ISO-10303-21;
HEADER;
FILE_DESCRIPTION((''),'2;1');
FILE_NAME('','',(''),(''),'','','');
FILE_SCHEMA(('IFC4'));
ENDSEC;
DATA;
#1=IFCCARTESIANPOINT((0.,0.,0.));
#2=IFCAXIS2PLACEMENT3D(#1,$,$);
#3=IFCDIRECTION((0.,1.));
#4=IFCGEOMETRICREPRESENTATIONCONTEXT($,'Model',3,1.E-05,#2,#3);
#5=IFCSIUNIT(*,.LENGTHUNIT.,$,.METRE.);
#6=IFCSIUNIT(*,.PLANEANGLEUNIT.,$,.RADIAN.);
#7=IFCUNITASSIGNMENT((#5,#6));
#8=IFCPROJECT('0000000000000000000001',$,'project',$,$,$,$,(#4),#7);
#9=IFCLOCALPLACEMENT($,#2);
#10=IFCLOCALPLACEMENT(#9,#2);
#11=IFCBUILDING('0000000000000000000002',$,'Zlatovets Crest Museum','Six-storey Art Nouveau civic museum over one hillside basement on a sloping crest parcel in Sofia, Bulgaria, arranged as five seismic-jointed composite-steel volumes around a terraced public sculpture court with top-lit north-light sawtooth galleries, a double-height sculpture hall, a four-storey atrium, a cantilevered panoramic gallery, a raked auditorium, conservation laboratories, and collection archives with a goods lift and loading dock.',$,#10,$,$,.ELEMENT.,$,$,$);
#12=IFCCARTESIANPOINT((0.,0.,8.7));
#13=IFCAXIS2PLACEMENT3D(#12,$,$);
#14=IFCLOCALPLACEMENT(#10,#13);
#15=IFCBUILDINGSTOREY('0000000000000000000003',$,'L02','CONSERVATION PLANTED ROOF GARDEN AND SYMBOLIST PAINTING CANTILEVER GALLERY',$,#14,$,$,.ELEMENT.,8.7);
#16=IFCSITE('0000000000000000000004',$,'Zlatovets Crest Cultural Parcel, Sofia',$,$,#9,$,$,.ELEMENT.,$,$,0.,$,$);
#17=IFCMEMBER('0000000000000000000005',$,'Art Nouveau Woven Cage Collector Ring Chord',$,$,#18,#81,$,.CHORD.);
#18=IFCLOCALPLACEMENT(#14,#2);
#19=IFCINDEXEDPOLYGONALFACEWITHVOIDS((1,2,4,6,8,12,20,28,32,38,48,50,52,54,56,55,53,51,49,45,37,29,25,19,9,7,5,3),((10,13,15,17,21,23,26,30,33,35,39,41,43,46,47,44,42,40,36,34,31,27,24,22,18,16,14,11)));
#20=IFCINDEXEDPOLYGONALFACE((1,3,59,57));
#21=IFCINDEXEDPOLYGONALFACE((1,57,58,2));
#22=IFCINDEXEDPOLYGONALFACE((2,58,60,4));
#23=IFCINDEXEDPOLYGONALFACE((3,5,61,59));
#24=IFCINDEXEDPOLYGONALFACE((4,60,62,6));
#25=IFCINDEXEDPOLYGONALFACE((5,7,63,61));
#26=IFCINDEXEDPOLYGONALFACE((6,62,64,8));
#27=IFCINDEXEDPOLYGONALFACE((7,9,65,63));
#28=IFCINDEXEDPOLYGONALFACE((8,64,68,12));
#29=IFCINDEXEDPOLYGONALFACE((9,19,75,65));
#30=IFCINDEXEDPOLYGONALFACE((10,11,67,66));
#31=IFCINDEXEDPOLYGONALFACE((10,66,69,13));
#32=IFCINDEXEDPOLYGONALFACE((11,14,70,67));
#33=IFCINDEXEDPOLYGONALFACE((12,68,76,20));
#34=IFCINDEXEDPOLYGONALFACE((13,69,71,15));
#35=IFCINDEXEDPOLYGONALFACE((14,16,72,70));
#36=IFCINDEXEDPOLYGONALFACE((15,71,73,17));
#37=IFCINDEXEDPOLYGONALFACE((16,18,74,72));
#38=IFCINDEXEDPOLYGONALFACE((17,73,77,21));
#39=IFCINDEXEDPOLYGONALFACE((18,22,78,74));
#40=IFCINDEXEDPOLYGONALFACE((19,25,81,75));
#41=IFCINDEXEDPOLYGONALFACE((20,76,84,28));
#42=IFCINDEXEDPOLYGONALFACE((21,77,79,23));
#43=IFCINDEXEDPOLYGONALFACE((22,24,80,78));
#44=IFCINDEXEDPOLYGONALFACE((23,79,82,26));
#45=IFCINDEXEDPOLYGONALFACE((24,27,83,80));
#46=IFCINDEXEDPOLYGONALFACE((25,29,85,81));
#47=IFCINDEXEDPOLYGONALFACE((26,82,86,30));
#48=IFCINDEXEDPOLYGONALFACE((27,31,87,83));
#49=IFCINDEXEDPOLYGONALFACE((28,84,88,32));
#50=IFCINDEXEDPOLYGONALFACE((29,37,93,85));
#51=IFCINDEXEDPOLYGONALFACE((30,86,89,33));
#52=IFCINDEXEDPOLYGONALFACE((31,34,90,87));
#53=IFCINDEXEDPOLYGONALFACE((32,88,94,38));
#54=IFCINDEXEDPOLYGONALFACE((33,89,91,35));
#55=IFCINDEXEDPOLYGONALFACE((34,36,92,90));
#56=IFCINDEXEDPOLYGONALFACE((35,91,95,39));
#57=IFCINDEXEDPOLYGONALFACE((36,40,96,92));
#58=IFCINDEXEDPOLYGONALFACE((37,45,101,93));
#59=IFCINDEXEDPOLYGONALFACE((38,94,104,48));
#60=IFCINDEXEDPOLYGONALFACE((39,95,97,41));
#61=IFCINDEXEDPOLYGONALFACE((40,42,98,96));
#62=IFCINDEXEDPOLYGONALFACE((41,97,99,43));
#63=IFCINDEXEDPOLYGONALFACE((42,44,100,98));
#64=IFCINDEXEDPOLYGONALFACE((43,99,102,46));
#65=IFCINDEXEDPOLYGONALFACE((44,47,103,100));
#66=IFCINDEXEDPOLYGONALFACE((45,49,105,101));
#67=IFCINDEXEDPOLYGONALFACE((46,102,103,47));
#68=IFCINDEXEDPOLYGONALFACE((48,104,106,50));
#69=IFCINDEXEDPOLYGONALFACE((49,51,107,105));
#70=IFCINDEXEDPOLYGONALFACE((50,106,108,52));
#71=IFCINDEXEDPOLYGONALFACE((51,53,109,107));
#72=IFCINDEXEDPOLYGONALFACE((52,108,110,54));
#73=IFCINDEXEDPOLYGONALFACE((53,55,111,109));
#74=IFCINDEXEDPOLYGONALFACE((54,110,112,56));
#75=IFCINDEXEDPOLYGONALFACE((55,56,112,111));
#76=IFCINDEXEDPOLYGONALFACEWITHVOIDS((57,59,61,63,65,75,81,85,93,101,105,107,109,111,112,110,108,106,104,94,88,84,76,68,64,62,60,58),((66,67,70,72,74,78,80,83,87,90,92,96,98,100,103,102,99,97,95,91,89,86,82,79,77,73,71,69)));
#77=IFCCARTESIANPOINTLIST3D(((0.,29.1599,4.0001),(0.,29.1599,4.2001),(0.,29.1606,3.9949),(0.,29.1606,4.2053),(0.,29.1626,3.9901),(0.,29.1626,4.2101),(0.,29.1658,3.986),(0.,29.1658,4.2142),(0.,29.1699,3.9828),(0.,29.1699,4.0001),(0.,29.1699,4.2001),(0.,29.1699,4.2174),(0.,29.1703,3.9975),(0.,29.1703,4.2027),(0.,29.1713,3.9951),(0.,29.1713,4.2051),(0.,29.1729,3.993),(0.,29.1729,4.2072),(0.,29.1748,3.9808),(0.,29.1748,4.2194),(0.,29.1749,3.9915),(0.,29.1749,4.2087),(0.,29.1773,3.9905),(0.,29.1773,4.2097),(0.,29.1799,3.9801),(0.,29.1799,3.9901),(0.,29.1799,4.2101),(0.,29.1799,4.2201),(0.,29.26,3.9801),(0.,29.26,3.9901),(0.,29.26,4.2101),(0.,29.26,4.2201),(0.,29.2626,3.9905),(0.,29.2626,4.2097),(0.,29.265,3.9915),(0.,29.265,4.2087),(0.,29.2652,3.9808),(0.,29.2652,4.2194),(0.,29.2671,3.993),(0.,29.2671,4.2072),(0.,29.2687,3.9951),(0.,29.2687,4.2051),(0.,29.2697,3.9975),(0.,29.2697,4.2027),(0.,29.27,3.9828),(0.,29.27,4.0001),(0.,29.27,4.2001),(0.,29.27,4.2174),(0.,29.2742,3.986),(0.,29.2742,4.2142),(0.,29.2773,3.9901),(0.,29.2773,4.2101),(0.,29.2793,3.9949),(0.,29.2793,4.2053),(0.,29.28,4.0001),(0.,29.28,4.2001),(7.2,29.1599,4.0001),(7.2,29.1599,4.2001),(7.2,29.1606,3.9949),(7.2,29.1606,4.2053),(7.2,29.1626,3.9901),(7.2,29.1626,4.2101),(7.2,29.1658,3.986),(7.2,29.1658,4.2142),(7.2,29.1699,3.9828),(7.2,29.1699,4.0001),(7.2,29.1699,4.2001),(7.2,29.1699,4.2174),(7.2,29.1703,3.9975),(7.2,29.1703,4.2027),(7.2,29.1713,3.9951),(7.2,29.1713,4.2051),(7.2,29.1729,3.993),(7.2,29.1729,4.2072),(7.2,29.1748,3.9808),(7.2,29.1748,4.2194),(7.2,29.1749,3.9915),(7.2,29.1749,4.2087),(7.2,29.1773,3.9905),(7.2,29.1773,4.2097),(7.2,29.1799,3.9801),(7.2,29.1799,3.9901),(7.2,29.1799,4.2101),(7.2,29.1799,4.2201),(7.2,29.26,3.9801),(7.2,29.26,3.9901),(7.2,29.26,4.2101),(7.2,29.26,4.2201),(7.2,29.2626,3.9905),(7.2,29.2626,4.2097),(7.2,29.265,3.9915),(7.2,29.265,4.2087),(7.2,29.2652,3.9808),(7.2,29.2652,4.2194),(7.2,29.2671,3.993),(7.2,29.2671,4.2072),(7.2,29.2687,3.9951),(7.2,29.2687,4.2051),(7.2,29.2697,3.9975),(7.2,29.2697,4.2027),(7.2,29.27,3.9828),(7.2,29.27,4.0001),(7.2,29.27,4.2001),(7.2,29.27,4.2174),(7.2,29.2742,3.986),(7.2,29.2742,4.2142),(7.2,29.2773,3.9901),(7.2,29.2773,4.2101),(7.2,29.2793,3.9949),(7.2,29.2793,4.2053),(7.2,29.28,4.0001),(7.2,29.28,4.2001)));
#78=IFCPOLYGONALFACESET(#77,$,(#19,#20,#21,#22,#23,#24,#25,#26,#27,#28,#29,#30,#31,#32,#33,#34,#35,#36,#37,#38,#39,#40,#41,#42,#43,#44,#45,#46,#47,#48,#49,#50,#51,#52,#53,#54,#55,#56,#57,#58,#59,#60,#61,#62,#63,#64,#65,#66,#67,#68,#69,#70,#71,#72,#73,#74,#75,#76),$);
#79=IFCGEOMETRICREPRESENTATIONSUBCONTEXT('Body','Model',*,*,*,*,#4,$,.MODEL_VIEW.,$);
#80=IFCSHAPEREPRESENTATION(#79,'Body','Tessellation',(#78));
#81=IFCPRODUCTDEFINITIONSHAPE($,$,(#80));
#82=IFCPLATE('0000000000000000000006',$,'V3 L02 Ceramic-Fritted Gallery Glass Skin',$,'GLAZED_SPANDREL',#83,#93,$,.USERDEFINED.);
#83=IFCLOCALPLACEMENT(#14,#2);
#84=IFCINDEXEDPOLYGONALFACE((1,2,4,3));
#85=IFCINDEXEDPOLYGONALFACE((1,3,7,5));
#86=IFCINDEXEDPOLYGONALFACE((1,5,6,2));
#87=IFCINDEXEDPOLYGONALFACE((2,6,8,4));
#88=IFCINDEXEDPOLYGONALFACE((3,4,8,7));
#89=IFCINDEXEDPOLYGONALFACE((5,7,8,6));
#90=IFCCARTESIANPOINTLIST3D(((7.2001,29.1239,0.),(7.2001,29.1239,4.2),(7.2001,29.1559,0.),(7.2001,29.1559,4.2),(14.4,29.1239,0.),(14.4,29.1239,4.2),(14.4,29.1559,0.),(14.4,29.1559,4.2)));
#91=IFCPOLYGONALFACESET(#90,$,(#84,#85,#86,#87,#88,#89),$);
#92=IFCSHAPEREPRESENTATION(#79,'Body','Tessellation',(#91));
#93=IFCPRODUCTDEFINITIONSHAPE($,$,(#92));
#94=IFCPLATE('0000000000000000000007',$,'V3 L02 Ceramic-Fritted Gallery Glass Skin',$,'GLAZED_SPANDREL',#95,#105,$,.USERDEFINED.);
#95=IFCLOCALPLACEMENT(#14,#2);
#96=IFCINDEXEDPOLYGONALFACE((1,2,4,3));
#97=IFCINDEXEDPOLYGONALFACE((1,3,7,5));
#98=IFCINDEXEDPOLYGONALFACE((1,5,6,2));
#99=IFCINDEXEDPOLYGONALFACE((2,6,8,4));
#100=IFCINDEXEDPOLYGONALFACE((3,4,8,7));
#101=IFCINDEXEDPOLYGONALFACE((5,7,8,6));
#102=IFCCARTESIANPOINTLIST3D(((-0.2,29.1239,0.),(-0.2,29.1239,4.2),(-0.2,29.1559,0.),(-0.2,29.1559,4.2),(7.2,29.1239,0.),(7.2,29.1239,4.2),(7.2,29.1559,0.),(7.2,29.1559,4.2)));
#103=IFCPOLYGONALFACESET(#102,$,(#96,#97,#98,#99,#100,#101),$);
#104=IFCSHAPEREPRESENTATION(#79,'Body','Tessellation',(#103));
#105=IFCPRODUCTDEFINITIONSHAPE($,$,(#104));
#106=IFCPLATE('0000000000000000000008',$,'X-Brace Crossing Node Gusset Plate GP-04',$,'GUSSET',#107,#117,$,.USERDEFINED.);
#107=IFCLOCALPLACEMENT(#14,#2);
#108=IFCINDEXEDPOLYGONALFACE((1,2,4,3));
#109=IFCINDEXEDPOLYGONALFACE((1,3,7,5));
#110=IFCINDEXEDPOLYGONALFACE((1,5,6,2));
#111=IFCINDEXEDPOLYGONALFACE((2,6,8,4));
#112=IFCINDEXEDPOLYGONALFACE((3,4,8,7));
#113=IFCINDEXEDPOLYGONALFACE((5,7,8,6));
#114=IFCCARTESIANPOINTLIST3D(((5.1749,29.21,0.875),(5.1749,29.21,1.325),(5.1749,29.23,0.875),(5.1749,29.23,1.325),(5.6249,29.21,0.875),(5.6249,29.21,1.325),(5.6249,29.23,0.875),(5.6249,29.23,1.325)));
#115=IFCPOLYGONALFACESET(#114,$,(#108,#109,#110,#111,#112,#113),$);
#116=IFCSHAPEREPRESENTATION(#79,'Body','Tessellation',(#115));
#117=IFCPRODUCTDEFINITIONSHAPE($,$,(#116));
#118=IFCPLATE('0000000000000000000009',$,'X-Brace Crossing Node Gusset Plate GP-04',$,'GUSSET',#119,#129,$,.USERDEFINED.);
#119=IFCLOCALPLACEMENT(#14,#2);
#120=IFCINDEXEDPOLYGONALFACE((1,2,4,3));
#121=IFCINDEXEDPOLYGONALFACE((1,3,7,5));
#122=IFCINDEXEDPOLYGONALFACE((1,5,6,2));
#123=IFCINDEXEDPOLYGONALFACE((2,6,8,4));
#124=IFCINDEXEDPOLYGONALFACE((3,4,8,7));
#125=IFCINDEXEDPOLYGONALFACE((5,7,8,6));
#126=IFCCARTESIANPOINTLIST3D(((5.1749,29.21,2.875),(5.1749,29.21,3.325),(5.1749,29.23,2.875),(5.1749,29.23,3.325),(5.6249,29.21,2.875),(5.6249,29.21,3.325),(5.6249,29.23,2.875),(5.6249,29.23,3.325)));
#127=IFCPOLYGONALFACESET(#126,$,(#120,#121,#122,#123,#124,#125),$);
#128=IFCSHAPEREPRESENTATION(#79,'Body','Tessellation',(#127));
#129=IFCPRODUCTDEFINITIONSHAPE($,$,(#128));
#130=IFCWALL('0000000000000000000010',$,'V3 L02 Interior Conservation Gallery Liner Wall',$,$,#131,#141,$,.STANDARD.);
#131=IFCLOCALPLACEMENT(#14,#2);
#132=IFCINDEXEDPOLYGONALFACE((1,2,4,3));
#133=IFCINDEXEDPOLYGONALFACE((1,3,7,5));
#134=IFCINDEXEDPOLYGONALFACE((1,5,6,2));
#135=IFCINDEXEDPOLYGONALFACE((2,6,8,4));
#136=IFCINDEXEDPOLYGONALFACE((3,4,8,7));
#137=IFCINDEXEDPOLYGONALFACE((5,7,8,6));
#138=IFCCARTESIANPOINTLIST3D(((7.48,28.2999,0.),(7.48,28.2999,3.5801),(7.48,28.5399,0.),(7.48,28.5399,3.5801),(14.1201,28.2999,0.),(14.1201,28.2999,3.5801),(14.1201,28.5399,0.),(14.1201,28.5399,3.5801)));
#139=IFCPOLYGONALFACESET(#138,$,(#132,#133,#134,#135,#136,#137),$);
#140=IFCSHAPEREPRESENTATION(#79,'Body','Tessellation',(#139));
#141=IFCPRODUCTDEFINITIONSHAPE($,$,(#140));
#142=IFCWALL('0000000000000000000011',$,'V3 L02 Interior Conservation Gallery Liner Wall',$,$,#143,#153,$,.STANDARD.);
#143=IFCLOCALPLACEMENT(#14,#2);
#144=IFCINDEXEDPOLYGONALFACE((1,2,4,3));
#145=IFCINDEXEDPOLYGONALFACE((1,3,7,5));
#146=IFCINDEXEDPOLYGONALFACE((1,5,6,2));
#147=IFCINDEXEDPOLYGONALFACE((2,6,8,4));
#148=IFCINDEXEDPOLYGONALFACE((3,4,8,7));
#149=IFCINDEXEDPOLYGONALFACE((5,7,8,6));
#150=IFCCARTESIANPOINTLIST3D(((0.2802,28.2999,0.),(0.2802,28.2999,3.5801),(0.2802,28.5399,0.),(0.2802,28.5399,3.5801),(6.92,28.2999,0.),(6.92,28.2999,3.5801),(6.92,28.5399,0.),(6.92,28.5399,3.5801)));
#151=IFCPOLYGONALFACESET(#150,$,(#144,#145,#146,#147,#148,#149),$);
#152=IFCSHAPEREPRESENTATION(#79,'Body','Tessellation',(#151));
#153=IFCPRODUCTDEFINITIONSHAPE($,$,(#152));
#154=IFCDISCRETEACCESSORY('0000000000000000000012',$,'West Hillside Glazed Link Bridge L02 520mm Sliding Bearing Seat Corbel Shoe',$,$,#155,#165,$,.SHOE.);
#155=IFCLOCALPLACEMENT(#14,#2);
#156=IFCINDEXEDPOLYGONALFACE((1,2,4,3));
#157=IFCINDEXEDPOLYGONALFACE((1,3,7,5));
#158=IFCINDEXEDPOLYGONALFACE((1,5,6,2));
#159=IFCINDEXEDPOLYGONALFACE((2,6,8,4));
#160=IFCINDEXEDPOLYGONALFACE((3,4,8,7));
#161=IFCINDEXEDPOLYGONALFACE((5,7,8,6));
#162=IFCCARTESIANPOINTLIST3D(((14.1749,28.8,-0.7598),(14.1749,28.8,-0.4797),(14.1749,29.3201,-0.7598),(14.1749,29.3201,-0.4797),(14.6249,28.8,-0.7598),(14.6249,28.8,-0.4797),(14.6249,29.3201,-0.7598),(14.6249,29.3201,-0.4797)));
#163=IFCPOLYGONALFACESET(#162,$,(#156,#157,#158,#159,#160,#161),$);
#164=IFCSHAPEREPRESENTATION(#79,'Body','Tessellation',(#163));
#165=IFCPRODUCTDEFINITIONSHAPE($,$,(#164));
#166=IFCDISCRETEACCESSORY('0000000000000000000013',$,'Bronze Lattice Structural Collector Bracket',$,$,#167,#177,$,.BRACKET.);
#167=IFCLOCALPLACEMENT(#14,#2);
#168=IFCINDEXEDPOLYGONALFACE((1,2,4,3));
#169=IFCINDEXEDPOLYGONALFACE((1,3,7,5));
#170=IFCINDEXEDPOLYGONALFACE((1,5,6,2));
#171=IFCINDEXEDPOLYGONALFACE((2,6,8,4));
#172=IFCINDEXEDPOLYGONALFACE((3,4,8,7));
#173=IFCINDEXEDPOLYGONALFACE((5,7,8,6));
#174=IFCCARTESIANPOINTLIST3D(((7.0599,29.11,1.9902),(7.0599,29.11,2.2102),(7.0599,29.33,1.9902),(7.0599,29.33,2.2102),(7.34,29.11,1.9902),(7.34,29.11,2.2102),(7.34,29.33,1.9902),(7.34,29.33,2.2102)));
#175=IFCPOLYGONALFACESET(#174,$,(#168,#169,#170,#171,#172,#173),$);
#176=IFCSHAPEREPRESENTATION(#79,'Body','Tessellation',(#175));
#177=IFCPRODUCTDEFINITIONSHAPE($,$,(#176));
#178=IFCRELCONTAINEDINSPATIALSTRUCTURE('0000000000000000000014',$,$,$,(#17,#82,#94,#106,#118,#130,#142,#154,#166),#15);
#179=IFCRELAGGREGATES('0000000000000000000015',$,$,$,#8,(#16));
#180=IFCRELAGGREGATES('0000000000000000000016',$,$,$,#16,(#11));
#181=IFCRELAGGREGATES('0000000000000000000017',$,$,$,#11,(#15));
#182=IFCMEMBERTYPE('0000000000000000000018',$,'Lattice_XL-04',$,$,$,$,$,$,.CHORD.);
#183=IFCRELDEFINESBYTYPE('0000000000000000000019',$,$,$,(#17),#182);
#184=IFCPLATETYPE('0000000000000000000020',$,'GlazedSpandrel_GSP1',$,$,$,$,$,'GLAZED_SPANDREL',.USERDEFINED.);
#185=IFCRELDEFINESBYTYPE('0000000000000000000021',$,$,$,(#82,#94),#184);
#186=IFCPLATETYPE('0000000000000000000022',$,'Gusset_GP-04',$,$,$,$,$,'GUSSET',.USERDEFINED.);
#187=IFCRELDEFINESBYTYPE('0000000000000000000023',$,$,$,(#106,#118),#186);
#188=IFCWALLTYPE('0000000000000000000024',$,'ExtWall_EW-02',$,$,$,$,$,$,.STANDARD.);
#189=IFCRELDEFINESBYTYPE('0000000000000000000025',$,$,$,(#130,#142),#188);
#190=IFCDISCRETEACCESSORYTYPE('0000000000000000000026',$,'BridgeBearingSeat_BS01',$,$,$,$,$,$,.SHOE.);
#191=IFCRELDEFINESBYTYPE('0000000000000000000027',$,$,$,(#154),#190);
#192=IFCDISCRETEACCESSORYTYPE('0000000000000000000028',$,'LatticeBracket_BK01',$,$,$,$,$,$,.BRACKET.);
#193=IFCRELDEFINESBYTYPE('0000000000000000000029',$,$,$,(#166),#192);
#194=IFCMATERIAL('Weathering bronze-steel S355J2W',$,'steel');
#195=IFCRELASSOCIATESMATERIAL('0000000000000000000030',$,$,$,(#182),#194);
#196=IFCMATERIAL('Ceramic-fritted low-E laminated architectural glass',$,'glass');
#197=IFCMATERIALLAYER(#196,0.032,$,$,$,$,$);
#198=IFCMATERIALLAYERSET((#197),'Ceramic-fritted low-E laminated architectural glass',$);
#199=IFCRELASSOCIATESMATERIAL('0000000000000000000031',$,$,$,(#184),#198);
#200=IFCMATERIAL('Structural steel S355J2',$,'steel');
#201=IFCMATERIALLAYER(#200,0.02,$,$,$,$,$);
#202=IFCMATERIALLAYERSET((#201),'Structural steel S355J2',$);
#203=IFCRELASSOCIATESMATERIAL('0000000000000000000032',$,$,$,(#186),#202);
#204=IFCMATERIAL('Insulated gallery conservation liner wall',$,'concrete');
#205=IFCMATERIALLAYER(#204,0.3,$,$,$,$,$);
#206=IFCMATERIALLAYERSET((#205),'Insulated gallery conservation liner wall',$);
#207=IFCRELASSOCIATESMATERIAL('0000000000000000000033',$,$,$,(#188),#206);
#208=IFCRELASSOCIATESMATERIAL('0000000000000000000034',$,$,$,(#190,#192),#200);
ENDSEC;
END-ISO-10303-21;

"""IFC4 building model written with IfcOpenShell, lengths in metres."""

from ifc_helpers import new_model, si_unit, direction, frame, frame_2d, origin, origin_2d, place, context, subcontext, project, spatial, rectangle, hollow_rectangle, extrude, material, layer, layer_set, material_profile, profile_set, type_object, element, save


model = new_model("IFC4")

# Units and contexts
model_context = context("Model", 3, precision=1e-05, world=origin(), true_north=direction((0.0, 1.0)))
body_context = subcontext(model_context, "Body", "Model", "MODEL_VIEW")
ifc_project = project(units=[si_unit("LENGTHUNIT", "METRE"), si_unit("PLANEANGLEUNIT", "RADIAN")], contexts=[model_context])

# Site, building, storey
site_placement = place(None, origin())
site = spatial("IfcSite", under=ifc_project, at=site_placement, Name="Zlatovets Crest Cultural Parcel, Sofia", CompositionType="ELEMENT", RefElevation=0.0)
building_placement = place(site_placement, origin())
building = spatial("IfcBuilding", under=site, at=building_placement, Name="Zlatovets Crest Museum", Description="Six-storey Art Nouveau civic museum over one hillside basement on a sloping crest parcel in Sofia, Bulgaria, arranged as five seismic-jointed composite-steel volumes around a terraced public sculpture court with top-lit north-light sawtooth galleries, a double-height sculpture hall, a four-storey atrium, a cantilevered panoramic gallery, a raked auditorium, conservation laboratories, and collection archives with a goods lift and loading dock.", CompositionType="ELEMENT")
storey_placement = place(building_placement, frame((0.0, 0.0, 8.7)))
storey = spatial("IfcBuildingStorey", under=building, at=storey_placement, Name="L02", Description="CONSERVATION PLANTED ROOF GARDEN AND SYMBOLIST PAINTING CANTILEVER GALLERY", CompositionType="ELEMENT", Elevation=8.7)

# Shared definitions
ifc_material_1 = material(Name="Structural steel S355J2", Category="steel")

# Member
ifc_material_2 = material(Name="Weathering bronze-steel S355J2W", Category="steel")
ifc_material_profile_1 = material_profile(ifc_material_2, hollow_rectangle(XDim=0.1201, YDim=0.24, WallThickness=0.01, InnerFilletRadius=0.01, OuterFilletRadius=0.02, at=origin_2d()), Name="RHS 120x240x10.0")
ifc_profile_set_1 = profile_set([ifc_material_profile_1], Name="Weathering bronze-steel S355J2W")
member_type_1 = type_object("IfcMemberType", Name="Lattice_XL-04", PredefinedType="CHORD", material=ifc_profile_set_1)
member_1_placement = place(storey_placement, frame((7.2, 29.22, 4.1001), z_axis=(-1.0, 0.0, 0.0), x_axis=(0.0, -1.0, 0.0)))
element("IfcMember", 1, at=member_1_placement, inside=storey, type_object=member_type_1, Name="Art Nouveau Woven Cage Collector Ring Chord", PredefinedType="CHORD", context=body_context, shape_type="SweptSolid", body=[
    extrude(hollow_rectangle(XDim=0.1201, YDim=0.24, WallThickness=0.01, InnerFilletRadius=0.01, OuterFilletRadius=0.02, at=origin_2d()), origin(), (0.0, 0.0, 1.0), 7.2),
])

# Plates
ifc_material_3 = material(Name="Ceramic-fritted low-E laminated architectural glass", Category="glass")
ifc_layer_1 = layer(ifc_material_3, 0.032)
ifc_layer_set_1 = layer_set([ifc_layer_1], Name="Ceramic-fritted low-E laminated architectural glass")
plate_type_1 = type_object("IfcPlateType", Name="GlazedSpandrel_GSP1", ElementType="GLAZED_SPANDREL", PredefinedType="USERDEFINED", material=ifc_layer_set_1)
plate_1_placement = place(storey_placement, frame((10.8, 29.1399, 0.0), z_axis=(0.0, 0.0, 1.0), x_axis=(1.0, 0.0, 0.0)))
element("IfcPlate", 2, at=plate_1_placement, inside=storey, type_object=plate_type_1, Name="V3 L02 Ceramic-Fritted Gallery Glass Skin", ObjectType="GLAZED_SPANDREL", PredefinedType="USERDEFINED", context=body_context, shape_type="SweptSolid", body=[
    extrude(rectangle(XDim=7.2, YDim=0.032, at=origin_2d()), origin(), (0.0, 0.0, 1.0), 4.2),
])
plate_2_placement = place(storey_placement, frame((3.5, 29.1399, 0.0), z_axis=(0.0, 0.0, 1.0), x_axis=(1.0, 0.0, 0.0)))
element("IfcPlate", 3, at=plate_2_placement, inside=storey, type_object=plate_type_1, Name="V3 L02 Ceramic-Fritted Gallery Glass Skin", ObjectType="GLAZED_SPANDREL", PredefinedType="USERDEFINED", context=body_context, shape_type="SweptSolid", body=[
    extrude(rectangle(XDim=7.3999, YDim=0.032, at=origin_2d()), origin(), (0.0, 0.0, 1.0), 4.2),
])
ifc_layer_2 = layer(ifc_material_1, 0.02)
ifc_layer_set_2 = layer_set([ifc_layer_2], Name="Structural steel S355J2")
plate_type_2 = type_object("IfcPlateType", Name="Gusset_GP-04", ElementType="GUSSET", PredefinedType="USERDEFINED", material=ifc_layer_set_2)
for number, where, z_axis, x_axis, name in (
    (4, (5.3999, 29.22, 0.875), (0.0, 0.0, 1.0), (1.0, 0.0, 0.0), "X-Brace Crossing Node Gusset Plate GP-04"),
    (5, (5.3999, 29.22, 2.875), (0.0, 0.0, 1.0), (1.0, 0.0, 0.0), "X-Brace Crossing Node Gusset Plate GP-04"),
):
    element("IfcPlate", number, at=place(storey_placement, frame(where, z_axis=z_axis, x_axis=x_axis)), inside=storey, type_object=plate_type_2, Name=name, ObjectType="GUSSET", PredefinedType="USERDEFINED", context=body_context, shape_type="SweptSolid", body=[
        extrude(rectangle(XDim=0.45, YDim=0.02, at=origin_2d()), origin(), (0.0, 0.0, 1.0), 0.45),
    ])

# Walls
ifc_material_4 = material(Name="Insulated gallery conservation liner wall", Category="concrete")
ifc_layer_3 = layer(ifc_material_4, 0.3)
ifc_layer_set_3 = layer_set([ifc_layer_3], Name="Insulated gallery conservation liner wall")
wall_type = type_object("IfcWallType", Name="ExtWall_EW-02", PredefinedType="STANDARD", material=ifc_layer_set_3)
wall_1_placement = place(storey_placement, frame((14.1201, 28.4199, 0.0), z_axis=(0.0, 0.0, 1.0), x_axis=(-1.0, 0.0, 0.0)))
element("IfcWall", 6, at=wall_1_placement, inside=storey, type_object=wall_type, Name="V3 L02 Interior Conservation Gallery Liner Wall", PredefinedType="STANDARD", context=body_context, shape_type="SweptSolid", body=[
    extrude(rectangle(XDim=6.6401, YDim=0.24, at=frame_2d((3.3201, 0.0))), origin(), (0.0, 0.0, 1.0), 3.5801),
])
wall_2_placement = place(storey_placement, frame((6.9199, 28.4199, 0.0), z_axis=(0.0, 0.0, 1.0), x_axis=(-1.0, 0.0, 0.0)))
element("IfcWall", 7, at=wall_2_placement, inside=storey, type_object=wall_type, Name="V3 L02 Interior Conservation Gallery Liner Wall", PredefinedType="STANDARD", context=body_context, shape_type="SweptSolid", body=[
    extrude(rectangle(XDim=6.6399, YDim=0.24, at=frame_2d((3.3198, 0.0))), origin(), (0.0, 0.0, 1.0), 3.5801),
])

# Discrete accessories
discrete_accessory_type_1 = type_object("IfcDiscreteAccessoryType", Name="BridgeBearingSeat_BS01", PredefinedType="SHOE", material=ifc_material_1)
discrete_accessory_1_placement = place(storey_placement, frame((14.3999, 29.0601, -0.7598), z_axis=(0.0, 0.0, 1.0), x_axis=(1.0, 0.0, 0.0)))
element("IfcDiscreteAccessory", 8, at=discrete_accessory_1_placement, inside=storey, type_object=discrete_accessory_type_1, Name="West Hillside Glazed Link Bridge L02 520mm Sliding Bearing Seat Corbel Shoe", PredefinedType="SHOE", context=body_context, shape_type="SweptSolid", body=[
    extrude(rectangle(XDim=0.45, YDim=0.52, at=origin_2d()), origin(), (0.0, 0.0, 1.0), 0.28),
])
discrete_accessory_type_2 = type_object("IfcDiscreteAccessoryType", Name="LatticeBracket_BK01", PredefinedType="BRACKET", material=ifc_material_1)
discrete_accessory_2_placement = place(storey_placement, frame((7.2, 29.22, 1.9902), z_axis=(0.0, 0.0, 1.0), x_axis=(1.0, 0.0, 0.0)))
element("IfcDiscreteAccessory", 9, at=discrete_accessory_2_placement, inside=storey, type_object=discrete_accessory_type_2, Name="Bronze Lattice Structural Collector Bracket", PredefinedType="BRACKET", context=body_context, shape_type="SweptSolid", body=[
    extrude(rectangle(XDim=0.28, YDim=0.22, at=origin_2d()), origin(), (0.0, 0.0, 1.0), 0.22),
])

save(model, "model.ifc")
